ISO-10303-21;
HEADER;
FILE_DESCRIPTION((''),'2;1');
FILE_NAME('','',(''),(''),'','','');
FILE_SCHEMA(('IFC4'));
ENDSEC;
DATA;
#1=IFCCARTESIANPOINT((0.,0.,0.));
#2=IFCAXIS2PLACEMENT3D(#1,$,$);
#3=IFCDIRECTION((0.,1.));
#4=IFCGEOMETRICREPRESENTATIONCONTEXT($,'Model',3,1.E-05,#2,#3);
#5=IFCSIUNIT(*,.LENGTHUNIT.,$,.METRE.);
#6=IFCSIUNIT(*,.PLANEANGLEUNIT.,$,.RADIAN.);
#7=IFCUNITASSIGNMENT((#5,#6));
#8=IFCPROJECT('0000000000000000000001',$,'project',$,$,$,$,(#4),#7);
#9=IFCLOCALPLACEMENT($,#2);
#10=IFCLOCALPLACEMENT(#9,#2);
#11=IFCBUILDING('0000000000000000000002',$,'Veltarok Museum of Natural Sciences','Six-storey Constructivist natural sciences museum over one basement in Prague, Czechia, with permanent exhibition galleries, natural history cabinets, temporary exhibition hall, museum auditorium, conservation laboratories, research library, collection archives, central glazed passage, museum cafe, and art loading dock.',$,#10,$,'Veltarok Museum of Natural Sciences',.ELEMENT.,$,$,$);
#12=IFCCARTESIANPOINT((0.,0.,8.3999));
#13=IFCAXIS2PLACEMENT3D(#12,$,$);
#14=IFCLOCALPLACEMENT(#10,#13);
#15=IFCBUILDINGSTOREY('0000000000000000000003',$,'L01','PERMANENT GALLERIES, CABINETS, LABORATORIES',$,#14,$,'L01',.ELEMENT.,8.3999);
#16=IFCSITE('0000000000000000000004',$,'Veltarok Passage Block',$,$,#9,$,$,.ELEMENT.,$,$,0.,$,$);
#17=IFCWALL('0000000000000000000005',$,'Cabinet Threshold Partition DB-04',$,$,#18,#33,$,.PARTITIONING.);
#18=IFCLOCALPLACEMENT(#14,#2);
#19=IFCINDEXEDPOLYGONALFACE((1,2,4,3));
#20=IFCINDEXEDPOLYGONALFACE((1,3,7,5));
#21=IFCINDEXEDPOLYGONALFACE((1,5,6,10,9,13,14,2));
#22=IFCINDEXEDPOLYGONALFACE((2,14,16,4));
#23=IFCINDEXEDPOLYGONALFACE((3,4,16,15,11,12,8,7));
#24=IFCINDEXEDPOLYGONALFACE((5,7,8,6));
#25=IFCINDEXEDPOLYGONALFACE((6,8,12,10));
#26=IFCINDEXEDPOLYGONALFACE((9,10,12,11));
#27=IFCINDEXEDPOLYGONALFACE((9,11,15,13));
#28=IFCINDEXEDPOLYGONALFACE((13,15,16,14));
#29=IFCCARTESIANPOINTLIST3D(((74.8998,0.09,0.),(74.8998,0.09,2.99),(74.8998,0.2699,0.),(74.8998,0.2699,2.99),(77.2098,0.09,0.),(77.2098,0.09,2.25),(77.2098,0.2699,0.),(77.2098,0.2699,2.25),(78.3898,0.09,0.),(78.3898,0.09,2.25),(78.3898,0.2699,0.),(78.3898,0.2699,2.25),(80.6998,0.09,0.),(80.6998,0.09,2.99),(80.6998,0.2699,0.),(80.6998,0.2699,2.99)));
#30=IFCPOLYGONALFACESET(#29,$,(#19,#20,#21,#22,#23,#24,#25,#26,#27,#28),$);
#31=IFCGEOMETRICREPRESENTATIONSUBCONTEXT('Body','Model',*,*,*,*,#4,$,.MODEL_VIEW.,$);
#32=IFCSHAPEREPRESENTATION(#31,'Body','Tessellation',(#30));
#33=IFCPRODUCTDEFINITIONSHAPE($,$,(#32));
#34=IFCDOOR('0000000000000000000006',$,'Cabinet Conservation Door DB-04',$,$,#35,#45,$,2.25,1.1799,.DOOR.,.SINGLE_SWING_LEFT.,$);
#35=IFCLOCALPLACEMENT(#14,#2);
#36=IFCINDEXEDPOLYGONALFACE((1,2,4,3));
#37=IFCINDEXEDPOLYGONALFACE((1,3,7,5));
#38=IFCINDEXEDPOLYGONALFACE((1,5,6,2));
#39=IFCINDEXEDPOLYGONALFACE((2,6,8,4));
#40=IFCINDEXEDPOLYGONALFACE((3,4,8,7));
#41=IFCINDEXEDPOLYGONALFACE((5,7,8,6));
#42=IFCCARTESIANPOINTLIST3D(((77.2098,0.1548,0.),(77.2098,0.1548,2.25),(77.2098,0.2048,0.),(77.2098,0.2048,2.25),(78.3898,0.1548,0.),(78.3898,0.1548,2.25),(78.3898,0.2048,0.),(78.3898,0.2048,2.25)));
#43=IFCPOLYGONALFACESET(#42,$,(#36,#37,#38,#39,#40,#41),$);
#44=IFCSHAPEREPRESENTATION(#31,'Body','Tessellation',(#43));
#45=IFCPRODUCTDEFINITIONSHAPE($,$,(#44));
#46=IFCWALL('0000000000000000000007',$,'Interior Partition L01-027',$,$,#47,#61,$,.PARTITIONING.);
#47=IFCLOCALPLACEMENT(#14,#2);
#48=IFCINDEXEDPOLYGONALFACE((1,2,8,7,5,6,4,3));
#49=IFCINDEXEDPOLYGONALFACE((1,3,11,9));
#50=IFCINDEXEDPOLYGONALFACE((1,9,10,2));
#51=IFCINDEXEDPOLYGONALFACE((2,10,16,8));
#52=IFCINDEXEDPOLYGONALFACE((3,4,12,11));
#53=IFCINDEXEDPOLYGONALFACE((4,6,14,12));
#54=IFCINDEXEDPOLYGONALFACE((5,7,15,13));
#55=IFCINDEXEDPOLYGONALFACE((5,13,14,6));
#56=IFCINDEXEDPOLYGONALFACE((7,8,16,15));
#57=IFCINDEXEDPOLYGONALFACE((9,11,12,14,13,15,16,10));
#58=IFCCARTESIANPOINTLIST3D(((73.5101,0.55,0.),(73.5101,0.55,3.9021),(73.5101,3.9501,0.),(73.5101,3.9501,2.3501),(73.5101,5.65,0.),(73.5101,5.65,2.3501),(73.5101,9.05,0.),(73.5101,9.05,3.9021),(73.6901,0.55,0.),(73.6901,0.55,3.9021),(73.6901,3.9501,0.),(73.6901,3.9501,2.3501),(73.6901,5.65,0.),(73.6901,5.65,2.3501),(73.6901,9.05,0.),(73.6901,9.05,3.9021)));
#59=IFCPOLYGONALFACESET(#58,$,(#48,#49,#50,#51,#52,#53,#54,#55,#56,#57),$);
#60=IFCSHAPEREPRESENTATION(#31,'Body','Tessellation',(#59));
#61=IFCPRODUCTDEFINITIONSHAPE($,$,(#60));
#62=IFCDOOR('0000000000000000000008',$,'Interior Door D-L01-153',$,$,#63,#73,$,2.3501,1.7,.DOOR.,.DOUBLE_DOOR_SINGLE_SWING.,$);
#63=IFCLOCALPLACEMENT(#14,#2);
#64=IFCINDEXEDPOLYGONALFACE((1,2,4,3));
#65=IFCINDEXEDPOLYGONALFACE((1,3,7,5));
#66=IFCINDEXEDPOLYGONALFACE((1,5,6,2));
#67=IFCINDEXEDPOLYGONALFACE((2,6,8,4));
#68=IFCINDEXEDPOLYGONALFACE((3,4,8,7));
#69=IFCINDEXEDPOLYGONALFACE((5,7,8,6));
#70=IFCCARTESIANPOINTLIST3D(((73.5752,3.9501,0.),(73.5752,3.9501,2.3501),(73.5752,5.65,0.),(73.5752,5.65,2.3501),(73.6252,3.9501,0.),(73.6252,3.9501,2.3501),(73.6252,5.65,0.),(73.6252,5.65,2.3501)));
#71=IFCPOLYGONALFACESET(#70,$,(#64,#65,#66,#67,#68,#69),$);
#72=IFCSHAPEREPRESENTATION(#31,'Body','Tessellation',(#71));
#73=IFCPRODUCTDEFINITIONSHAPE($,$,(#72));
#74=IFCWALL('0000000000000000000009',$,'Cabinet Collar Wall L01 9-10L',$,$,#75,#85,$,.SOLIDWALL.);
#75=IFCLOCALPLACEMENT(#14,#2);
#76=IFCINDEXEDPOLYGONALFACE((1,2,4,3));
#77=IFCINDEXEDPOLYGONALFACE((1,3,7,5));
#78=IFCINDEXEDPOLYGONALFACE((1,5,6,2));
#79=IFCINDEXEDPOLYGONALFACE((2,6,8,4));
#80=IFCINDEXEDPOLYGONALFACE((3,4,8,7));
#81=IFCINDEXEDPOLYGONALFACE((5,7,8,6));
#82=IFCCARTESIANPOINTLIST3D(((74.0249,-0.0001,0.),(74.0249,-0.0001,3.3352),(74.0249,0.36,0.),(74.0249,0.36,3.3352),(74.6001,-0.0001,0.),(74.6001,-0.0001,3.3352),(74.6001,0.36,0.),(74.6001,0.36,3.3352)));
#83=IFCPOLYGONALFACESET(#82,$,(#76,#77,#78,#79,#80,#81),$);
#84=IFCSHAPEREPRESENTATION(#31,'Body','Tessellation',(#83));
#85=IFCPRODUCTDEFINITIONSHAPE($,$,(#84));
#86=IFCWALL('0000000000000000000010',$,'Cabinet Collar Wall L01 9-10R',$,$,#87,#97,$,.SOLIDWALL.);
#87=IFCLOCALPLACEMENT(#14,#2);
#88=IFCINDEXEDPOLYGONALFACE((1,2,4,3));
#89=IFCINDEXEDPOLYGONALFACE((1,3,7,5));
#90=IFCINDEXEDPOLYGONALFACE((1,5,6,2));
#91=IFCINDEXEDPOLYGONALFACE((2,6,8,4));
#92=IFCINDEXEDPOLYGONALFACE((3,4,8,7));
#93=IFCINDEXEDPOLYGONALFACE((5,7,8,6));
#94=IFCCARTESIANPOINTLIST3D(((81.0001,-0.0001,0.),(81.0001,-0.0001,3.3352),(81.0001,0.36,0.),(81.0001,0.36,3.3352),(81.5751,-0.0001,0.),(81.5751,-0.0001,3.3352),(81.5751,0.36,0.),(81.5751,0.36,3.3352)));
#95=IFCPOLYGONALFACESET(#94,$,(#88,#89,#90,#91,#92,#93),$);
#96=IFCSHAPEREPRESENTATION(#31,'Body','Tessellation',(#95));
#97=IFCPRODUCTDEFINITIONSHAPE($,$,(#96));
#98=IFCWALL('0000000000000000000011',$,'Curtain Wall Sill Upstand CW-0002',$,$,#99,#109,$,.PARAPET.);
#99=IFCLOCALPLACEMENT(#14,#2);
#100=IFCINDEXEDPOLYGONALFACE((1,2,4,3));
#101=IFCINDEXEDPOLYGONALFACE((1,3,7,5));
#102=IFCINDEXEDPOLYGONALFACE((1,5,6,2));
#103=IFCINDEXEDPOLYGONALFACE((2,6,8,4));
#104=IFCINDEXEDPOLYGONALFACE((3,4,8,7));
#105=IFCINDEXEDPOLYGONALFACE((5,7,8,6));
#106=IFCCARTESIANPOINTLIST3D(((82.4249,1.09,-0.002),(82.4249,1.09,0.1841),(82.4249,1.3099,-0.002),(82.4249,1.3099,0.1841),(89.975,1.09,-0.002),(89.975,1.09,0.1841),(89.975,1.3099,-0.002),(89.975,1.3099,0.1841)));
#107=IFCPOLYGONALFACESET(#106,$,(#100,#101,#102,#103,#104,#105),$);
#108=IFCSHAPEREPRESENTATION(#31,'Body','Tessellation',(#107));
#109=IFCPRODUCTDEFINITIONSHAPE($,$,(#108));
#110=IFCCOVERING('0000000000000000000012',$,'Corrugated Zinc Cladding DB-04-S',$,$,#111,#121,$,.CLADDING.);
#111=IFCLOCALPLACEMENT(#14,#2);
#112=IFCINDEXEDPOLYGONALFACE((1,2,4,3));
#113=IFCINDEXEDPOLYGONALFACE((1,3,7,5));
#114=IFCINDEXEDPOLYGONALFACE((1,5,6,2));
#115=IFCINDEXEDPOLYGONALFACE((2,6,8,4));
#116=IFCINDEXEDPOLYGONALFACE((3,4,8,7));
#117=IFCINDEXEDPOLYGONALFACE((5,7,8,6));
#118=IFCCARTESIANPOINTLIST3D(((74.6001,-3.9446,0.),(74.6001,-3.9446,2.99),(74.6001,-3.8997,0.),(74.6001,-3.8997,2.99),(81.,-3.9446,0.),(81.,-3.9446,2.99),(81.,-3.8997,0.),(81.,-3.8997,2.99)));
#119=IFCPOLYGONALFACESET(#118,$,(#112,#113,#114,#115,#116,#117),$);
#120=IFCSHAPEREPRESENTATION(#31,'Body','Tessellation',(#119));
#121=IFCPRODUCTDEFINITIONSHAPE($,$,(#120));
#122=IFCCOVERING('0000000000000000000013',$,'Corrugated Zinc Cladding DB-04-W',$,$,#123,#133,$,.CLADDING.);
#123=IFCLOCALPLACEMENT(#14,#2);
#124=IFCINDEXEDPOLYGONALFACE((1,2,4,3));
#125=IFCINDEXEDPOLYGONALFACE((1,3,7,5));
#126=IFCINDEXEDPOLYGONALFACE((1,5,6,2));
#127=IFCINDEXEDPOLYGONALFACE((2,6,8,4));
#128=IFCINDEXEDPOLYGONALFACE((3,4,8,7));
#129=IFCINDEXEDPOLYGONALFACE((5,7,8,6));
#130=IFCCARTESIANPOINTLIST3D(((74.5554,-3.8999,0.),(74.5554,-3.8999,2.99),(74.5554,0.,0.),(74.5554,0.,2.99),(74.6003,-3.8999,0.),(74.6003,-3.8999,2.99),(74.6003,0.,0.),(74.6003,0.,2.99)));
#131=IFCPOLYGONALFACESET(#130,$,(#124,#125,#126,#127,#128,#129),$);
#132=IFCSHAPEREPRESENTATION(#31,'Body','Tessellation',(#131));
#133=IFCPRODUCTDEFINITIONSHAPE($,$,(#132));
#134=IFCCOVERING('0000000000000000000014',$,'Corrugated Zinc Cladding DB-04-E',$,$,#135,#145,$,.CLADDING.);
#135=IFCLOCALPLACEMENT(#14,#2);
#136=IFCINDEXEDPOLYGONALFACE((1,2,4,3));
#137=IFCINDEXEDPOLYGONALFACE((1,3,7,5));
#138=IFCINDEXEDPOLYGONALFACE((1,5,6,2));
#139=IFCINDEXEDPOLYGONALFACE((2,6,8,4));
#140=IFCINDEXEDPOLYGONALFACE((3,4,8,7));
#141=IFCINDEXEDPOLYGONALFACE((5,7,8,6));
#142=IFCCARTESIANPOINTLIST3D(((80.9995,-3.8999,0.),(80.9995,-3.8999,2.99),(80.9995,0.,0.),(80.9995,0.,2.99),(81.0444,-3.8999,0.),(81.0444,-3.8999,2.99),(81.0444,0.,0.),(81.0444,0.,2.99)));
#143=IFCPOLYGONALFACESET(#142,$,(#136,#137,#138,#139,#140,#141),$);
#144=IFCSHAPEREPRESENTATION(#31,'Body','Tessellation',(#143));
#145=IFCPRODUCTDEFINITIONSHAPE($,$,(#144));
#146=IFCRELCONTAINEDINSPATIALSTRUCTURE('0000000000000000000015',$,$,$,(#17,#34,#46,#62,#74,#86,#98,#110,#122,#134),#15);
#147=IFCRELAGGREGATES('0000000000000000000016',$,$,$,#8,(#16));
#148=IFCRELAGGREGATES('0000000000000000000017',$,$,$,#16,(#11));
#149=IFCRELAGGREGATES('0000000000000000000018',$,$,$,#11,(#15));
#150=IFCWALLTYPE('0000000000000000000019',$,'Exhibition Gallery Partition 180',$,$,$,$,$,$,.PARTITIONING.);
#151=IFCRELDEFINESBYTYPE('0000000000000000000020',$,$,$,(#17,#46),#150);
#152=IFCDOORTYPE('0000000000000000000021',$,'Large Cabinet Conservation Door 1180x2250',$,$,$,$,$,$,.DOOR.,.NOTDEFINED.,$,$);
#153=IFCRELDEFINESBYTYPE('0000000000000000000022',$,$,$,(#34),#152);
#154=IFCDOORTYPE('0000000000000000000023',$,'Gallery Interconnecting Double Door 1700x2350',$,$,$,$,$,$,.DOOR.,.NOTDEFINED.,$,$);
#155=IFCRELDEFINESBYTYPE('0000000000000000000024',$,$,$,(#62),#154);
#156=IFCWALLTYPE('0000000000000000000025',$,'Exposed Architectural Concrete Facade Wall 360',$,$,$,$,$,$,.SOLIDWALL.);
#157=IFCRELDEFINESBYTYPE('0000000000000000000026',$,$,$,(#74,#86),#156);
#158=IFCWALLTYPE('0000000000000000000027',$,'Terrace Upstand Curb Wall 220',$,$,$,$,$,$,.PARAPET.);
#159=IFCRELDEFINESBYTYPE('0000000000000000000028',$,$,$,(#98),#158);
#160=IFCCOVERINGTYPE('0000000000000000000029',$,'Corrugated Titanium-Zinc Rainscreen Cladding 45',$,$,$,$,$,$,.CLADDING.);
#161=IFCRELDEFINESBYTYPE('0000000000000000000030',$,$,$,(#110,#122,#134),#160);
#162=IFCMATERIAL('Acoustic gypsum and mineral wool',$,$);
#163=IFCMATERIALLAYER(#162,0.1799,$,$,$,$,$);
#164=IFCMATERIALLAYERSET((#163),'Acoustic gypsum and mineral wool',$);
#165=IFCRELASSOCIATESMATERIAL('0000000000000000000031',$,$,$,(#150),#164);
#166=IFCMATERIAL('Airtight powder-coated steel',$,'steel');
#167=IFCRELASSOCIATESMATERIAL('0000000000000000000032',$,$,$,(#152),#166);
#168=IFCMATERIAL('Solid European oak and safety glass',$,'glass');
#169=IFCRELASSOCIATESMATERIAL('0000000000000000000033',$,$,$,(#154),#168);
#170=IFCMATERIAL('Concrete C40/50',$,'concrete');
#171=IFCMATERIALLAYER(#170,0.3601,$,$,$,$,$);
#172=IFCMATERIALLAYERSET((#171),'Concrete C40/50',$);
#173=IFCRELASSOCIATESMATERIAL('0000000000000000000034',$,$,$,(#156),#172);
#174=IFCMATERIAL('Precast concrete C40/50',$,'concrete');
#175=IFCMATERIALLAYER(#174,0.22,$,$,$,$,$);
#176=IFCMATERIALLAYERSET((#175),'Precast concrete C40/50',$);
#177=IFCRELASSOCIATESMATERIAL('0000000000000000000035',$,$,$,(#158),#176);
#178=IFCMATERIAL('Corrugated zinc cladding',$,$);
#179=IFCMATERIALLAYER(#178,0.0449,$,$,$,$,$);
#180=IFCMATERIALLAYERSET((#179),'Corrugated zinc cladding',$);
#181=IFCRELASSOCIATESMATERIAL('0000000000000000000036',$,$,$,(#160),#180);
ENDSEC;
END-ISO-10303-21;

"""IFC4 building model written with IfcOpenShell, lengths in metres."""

from ifc_helpers import new_model, si_unit, direction, frame, frame_2d, origin, place, context, subcontext, project, spatial, rectangle, extrude, material, layer, layer_set, type_object, element, fill, save


model = new_model("IFC4")

# Units and contexts
model_context = context("Model", 3, precision=1e-05, world=origin(), true_north=direction((0.0, 1.0)))
body_context = subcontext(model_context, "Body", "Model", "MODEL_VIEW")
ifc_project = project(units=[si_unit("LENGTHUNIT", "METRE"), si_unit("PLANEANGLEUNIT", "RADIAN")], contexts=[model_context])

# Site, building, storey
site_placement = place(None, origin())
site = spatial("IfcSite", under=ifc_project, at=site_placement, Name="Veltarok Passage Block", CompositionType="ELEMENT", RefElevation=0.0)
building_placement = place(site_placement, origin())
building = spatial("IfcBuilding", under=site, at=building_placement, Name="Veltarok Museum of Natural Sciences", Description="Six-storey Constructivist natural sciences museum over one basement in Prague, Czechia, with permanent exhibition galleries, natural history cabinets, temporary exhibition hall, museum auditorium, conservation laboratories, research library, collection archives, central glazed passage, museum cafe, and art loading dock.", LongName="Veltarok Museum of Natural Sciences", CompositionType="ELEMENT")
storey_placement = place(building_placement, frame((0.0, 0.0, 8.3999)))
storey = spatial("IfcBuildingStorey", under=building, at=storey_placement, Name="L01", Description="PERMANENT GALLERIES, CABINETS, LABORATORIES", LongName="L01", CompositionType="ELEMENT", Elevation=8.3999)

# Shared definitions
ifc_material_1 = material(Name="Concrete C40/50", Category="concrete")

# Shared definitions
ifc_material_2 = material(Name="Precast concrete C40/50", Category="concrete")

# Walls, openings, doors
ifc_material_3 = material(Name="Acoustic gypsum and mineral wool")
ifc_layer_1 = layer(ifc_material_3, 0.1799)
ifc_layer_set_1 = layer_set([ifc_layer_1], Name="Acoustic gypsum and mineral wool")
wall_type_1 = type_object("IfcWallType", Name="Exhibition Gallery Partition 180", PredefinedType="PARTITIONING", material=ifc_layer_set_1)
wall_1_placement = place(storey_placement, frame((74.8999, 0.1799, 0.0), z_axis=(0.0, 0.0, 1.0), x_axis=(1.0, 0.0, 0.0)))
wall_1 = element("IfcWall", 1, at=wall_1_placement, inside=storey, type_object=wall_type_1, Name="Cabinet Threshold Partition DB-04", PredefinedType="PARTITIONING", context=body_context, shape_type="SweptSolid", body=[
    extrude(rectangle(XDim=5.8, YDim=0.1799, at=frame_2d((2.8999, 0.0))), origin(), (0.0, 0.0, 1.0), 2.99),
])
opening_1_placement = place(wall_1_placement, frame((2.3101, 0.0, 0.0)))
opening_1 = element("IfcOpeningElement", 2, at=opening_1_placement, cuts=wall_1, PredefinedType="OPENING", context=body_context, shape_type="SweptSolid", body=[
    extrude(rectangle(XDim=1.1799, YDim=2.25, at=frame_2d((0.5898, 1.125))), frame((0.0, 0.1001, 0.0), z_axis=(0.0, -1.0, 0.0), x_axis=(1.0, 0.0, 0.0)), (0.0, 0.0, 1.0), 0.2),
])
ifc_material_4 = material(Name="Airtight powder-coated steel", Category="steel")
door_type_1 = type_object("IfcDoorType", Name="Large Cabinet Conservation Door 1180x2250", OperationType="NOTDEFINED", PredefinedType="DOOR", material=ifc_material_4)
door_1_placement = place(opening_1_placement, origin())
door_1 = element("IfcDoor", 3, at=door_1_placement, inside=storey, type_object=door_type_1, Name="Cabinet Conservation Door DB-04", OperationType="SINGLE_SWING_LEFT", OverallHeight=2.25, OverallWidth=1.1799, PredefinedType="DOOR", context=body_context, shape_type="SweptSolid", body=[
    extrude(rectangle(XDim=1.1799, YDim=2.25, at=frame_2d((0.5898, 1.125))), frame((0.0, 0.0249, 0.0), z_axis=(0.0, -1.0, 0.0), x_axis=(1.0, 0.0, 0.0)), (0.0, 0.0, 1.0), 0.05),
])
fill(opening_1, door_1)
wall_2_placement = place(storey_placement, frame((73.6001, 0.55, 0.0), z_axis=(0.0, 0.0, 1.0), x_axis=(0.0, 1.0, 0.0)))
wall_2 = element("IfcWall", 4, at=wall_2_placement, inside=storey, type_object=wall_type_1, Name="Interior Partition L01-027", PredefinedType="PARTITIONING", context=body_context, shape_type="SweptSolid", body=[
    extrude(rectangle(XDim=8.5, YDim=0.1799, at=frame_2d((4.25, 0.0))), origin(), (0.0, 0.0, 1.0), 3.9021),
])
opening_2_placement = place(wall_2_placement, frame((3.3999, 0.0, 0.0)))
opening_2 = element("IfcOpeningElement", 5, at=opening_2_placement, cuts=wall_2, PredefinedType="OPENING", context=body_context, shape_type="SweptSolid", body=[
    extrude(rectangle(XDim=1.7, YDim=2.3501, at=frame_2d((0.8501, 1.175))), frame((0.0, 0.1001, 0.0), z_axis=(0.0, -1.0, 0.0), x_axis=(1.0, 0.0, 0.0)), (0.0, 0.0, 1.0), 0.2),
])
ifc_material_5 = material(Name="Solid European oak and safety glass", Category="glass")
door_type_2 = type_object("IfcDoorType", Name="Gallery Interconnecting Double Door 1700x2350", OperationType="NOTDEFINED", PredefinedType="DOOR", material=ifc_material_5)
door_2_placement = place(opening_2_placement, origin())
door_2 = element("IfcDoor", 6, at=door_2_placement, inside=storey, type_object=door_type_2, Name="Interior Door D-L01-153", OperationType="DOUBLE_DOOR_SINGLE_SWING", OverallHeight=2.3501, OverallWidth=1.7, PredefinedType="DOOR", context=body_context, shape_type="SweptSolid", body=[
    extrude(rectangle(XDim=1.7, YDim=2.3501, at=frame_2d((0.8501, 1.175))), frame((0.0, 0.0249, 0.0), z_axis=(0.0, -1.0, 0.0), x_axis=(1.0, 0.0, 0.0)), (0.0, 0.0, 1.0), 0.05),
])
fill(opening_2, door_2)

# Walls
ifc_layer_2 = layer(ifc_material_1, 0.3601)
ifc_layer_set_2 = layer_set([ifc_layer_2], Name="Concrete C40/50")
wall_type_2 = type_object("IfcWallType", Name="Exposed Architectural Concrete Facade Wall 360", PredefinedType="SOLIDWALL", material=ifc_layer_set_2)
wall_3_placement = place(storey_placement, frame((74.0249, 0.1799, 0.0), z_axis=(0.0, 0.0, 1.0), x_axis=(1.0, 0.0, 0.0)))
element("IfcWall", 7, at=wall_3_placement, inside=storey, type_object=wall_type_2, Name="Cabinet Collar Wall L01 9-10L", PredefinedType="SOLIDWALL", context=body_context, shape_type="SweptSolid", body=[
    extrude(rectangle(XDim=0.5752, YDim=0.3601, at=frame_2d((0.2876, 0.0))), origin(), (0.0, 0.0, 1.0), 3.3352),
])
wall_4_placement = place(storey_placement, frame((81.0, 0.1799, 0.0), z_axis=(0.0, 0.0, 1.0), x_axis=(1.0, 0.0, 0.0)))
element("IfcWall", 8, at=wall_4_placement, inside=storey, type_object=wall_type_2, Name="Cabinet Collar Wall L01 9-10R", PredefinedType="SOLIDWALL", context=body_context, shape_type="SweptSolid", body=[
    extrude(rectangle(XDim=0.575, YDim=0.3601, at=frame_2d((0.2876, 0.0))), origin(), (0.0, 0.0, 1.0), 3.3352),
])
ifc_layer_3 = layer(ifc_material_2, 0.22)
ifc_layer_set_3 = layer_set([ifc_layer_3], Name="Precast concrete C40/50")
wall_type_3 = type_object("IfcWallType", Name="Terrace Upstand Curb Wall 220", PredefinedType="PARAPET", material=ifc_layer_set_3)
wall_5_placement = place(storey_placement, frame((82.425, 1.2, -0.002), z_axis=(0.0, 0.0, 1.0), x_axis=(1.0, 0.0, 0.0)))
element("IfcWall", 9, at=wall_5_placement, inside=storey, type_object=wall_type_3, Name="Curtain Wall Sill Upstand CW-0002", PredefinedType="PARAPET", context=body_context, shape_type="SweptSolid", body=[
    extrude(rectangle(XDim=7.55, YDim=0.22, at=frame_2d((3.7749, 0.0))), origin(), (0.0, 0.0, 1.0), 0.186),
])

# Coverings
ifc_material_6 = material(Name="Corrugated zinc cladding")
ifc_layer_4 = layer(ifc_material_6, 0.0449)
ifc_layer_set_4 = layer_set([ifc_layer_4], Name="Corrugated zinc cladding")
covering_type = type_object("IfcCoveringType", Name="Corrugated Titanium-Zinc Rainscreen Cladding 45", PredefinedType="CLADDING", material=ifc_layer_set_4)
covering_placement = place(storey_placement, frame((74.6001, -3.9221, 0.0), z_axis=(0.0, 0.0, 1.0), x_axis=(1.0, 0.0, 0.0)))
element("IfcCovering", 10, at=covering_placement, inside=storey, type_object=covering_type, Name="Corrugated Zinc Cladding DB-04-S", PredefinedType="CLADDING", context=body_context, shape_type="SweptSolid", body=[
    extrude(rectangle(XDim=6.3999, YDim=0.0449, at=frame_2d((3.2, 0.0))), origin(), (0.0, 0.0, 1.0), 2.99),
])
for number, where, z_axis, x_axis, name in (
    (11, (74.5779, 0.0, 0.0), (0.0, 0.0, 1.0), (0.0, -1.0, 0.0), "Corrugated Zinc Cladding DB-04-W"),
    (12, (81.022, -3.8999, 0.0), (0.0, 0.0, 1.0), (0.0, 1.0, 0.0), "Corrugated Zinc Cladding DB-04-E"),
):
    element("IfcCovering", number, at=place(storey_placement, frame(where, z_axis=z_axis, x_axis=x_axis)), inside=storey, type_object=covering_type, Name=name, PredefinedType="CLADDING", context=body_context, shape_type="SweptSolid", body=[
        extrude(rectangle(XDim=3.8999, YDim=0.0449, at=frame_2d((1.95, 0.0))), origin(), (0.0, 0.0, 1.0), 2.99),
    ])

save(model, "model.ifc")
